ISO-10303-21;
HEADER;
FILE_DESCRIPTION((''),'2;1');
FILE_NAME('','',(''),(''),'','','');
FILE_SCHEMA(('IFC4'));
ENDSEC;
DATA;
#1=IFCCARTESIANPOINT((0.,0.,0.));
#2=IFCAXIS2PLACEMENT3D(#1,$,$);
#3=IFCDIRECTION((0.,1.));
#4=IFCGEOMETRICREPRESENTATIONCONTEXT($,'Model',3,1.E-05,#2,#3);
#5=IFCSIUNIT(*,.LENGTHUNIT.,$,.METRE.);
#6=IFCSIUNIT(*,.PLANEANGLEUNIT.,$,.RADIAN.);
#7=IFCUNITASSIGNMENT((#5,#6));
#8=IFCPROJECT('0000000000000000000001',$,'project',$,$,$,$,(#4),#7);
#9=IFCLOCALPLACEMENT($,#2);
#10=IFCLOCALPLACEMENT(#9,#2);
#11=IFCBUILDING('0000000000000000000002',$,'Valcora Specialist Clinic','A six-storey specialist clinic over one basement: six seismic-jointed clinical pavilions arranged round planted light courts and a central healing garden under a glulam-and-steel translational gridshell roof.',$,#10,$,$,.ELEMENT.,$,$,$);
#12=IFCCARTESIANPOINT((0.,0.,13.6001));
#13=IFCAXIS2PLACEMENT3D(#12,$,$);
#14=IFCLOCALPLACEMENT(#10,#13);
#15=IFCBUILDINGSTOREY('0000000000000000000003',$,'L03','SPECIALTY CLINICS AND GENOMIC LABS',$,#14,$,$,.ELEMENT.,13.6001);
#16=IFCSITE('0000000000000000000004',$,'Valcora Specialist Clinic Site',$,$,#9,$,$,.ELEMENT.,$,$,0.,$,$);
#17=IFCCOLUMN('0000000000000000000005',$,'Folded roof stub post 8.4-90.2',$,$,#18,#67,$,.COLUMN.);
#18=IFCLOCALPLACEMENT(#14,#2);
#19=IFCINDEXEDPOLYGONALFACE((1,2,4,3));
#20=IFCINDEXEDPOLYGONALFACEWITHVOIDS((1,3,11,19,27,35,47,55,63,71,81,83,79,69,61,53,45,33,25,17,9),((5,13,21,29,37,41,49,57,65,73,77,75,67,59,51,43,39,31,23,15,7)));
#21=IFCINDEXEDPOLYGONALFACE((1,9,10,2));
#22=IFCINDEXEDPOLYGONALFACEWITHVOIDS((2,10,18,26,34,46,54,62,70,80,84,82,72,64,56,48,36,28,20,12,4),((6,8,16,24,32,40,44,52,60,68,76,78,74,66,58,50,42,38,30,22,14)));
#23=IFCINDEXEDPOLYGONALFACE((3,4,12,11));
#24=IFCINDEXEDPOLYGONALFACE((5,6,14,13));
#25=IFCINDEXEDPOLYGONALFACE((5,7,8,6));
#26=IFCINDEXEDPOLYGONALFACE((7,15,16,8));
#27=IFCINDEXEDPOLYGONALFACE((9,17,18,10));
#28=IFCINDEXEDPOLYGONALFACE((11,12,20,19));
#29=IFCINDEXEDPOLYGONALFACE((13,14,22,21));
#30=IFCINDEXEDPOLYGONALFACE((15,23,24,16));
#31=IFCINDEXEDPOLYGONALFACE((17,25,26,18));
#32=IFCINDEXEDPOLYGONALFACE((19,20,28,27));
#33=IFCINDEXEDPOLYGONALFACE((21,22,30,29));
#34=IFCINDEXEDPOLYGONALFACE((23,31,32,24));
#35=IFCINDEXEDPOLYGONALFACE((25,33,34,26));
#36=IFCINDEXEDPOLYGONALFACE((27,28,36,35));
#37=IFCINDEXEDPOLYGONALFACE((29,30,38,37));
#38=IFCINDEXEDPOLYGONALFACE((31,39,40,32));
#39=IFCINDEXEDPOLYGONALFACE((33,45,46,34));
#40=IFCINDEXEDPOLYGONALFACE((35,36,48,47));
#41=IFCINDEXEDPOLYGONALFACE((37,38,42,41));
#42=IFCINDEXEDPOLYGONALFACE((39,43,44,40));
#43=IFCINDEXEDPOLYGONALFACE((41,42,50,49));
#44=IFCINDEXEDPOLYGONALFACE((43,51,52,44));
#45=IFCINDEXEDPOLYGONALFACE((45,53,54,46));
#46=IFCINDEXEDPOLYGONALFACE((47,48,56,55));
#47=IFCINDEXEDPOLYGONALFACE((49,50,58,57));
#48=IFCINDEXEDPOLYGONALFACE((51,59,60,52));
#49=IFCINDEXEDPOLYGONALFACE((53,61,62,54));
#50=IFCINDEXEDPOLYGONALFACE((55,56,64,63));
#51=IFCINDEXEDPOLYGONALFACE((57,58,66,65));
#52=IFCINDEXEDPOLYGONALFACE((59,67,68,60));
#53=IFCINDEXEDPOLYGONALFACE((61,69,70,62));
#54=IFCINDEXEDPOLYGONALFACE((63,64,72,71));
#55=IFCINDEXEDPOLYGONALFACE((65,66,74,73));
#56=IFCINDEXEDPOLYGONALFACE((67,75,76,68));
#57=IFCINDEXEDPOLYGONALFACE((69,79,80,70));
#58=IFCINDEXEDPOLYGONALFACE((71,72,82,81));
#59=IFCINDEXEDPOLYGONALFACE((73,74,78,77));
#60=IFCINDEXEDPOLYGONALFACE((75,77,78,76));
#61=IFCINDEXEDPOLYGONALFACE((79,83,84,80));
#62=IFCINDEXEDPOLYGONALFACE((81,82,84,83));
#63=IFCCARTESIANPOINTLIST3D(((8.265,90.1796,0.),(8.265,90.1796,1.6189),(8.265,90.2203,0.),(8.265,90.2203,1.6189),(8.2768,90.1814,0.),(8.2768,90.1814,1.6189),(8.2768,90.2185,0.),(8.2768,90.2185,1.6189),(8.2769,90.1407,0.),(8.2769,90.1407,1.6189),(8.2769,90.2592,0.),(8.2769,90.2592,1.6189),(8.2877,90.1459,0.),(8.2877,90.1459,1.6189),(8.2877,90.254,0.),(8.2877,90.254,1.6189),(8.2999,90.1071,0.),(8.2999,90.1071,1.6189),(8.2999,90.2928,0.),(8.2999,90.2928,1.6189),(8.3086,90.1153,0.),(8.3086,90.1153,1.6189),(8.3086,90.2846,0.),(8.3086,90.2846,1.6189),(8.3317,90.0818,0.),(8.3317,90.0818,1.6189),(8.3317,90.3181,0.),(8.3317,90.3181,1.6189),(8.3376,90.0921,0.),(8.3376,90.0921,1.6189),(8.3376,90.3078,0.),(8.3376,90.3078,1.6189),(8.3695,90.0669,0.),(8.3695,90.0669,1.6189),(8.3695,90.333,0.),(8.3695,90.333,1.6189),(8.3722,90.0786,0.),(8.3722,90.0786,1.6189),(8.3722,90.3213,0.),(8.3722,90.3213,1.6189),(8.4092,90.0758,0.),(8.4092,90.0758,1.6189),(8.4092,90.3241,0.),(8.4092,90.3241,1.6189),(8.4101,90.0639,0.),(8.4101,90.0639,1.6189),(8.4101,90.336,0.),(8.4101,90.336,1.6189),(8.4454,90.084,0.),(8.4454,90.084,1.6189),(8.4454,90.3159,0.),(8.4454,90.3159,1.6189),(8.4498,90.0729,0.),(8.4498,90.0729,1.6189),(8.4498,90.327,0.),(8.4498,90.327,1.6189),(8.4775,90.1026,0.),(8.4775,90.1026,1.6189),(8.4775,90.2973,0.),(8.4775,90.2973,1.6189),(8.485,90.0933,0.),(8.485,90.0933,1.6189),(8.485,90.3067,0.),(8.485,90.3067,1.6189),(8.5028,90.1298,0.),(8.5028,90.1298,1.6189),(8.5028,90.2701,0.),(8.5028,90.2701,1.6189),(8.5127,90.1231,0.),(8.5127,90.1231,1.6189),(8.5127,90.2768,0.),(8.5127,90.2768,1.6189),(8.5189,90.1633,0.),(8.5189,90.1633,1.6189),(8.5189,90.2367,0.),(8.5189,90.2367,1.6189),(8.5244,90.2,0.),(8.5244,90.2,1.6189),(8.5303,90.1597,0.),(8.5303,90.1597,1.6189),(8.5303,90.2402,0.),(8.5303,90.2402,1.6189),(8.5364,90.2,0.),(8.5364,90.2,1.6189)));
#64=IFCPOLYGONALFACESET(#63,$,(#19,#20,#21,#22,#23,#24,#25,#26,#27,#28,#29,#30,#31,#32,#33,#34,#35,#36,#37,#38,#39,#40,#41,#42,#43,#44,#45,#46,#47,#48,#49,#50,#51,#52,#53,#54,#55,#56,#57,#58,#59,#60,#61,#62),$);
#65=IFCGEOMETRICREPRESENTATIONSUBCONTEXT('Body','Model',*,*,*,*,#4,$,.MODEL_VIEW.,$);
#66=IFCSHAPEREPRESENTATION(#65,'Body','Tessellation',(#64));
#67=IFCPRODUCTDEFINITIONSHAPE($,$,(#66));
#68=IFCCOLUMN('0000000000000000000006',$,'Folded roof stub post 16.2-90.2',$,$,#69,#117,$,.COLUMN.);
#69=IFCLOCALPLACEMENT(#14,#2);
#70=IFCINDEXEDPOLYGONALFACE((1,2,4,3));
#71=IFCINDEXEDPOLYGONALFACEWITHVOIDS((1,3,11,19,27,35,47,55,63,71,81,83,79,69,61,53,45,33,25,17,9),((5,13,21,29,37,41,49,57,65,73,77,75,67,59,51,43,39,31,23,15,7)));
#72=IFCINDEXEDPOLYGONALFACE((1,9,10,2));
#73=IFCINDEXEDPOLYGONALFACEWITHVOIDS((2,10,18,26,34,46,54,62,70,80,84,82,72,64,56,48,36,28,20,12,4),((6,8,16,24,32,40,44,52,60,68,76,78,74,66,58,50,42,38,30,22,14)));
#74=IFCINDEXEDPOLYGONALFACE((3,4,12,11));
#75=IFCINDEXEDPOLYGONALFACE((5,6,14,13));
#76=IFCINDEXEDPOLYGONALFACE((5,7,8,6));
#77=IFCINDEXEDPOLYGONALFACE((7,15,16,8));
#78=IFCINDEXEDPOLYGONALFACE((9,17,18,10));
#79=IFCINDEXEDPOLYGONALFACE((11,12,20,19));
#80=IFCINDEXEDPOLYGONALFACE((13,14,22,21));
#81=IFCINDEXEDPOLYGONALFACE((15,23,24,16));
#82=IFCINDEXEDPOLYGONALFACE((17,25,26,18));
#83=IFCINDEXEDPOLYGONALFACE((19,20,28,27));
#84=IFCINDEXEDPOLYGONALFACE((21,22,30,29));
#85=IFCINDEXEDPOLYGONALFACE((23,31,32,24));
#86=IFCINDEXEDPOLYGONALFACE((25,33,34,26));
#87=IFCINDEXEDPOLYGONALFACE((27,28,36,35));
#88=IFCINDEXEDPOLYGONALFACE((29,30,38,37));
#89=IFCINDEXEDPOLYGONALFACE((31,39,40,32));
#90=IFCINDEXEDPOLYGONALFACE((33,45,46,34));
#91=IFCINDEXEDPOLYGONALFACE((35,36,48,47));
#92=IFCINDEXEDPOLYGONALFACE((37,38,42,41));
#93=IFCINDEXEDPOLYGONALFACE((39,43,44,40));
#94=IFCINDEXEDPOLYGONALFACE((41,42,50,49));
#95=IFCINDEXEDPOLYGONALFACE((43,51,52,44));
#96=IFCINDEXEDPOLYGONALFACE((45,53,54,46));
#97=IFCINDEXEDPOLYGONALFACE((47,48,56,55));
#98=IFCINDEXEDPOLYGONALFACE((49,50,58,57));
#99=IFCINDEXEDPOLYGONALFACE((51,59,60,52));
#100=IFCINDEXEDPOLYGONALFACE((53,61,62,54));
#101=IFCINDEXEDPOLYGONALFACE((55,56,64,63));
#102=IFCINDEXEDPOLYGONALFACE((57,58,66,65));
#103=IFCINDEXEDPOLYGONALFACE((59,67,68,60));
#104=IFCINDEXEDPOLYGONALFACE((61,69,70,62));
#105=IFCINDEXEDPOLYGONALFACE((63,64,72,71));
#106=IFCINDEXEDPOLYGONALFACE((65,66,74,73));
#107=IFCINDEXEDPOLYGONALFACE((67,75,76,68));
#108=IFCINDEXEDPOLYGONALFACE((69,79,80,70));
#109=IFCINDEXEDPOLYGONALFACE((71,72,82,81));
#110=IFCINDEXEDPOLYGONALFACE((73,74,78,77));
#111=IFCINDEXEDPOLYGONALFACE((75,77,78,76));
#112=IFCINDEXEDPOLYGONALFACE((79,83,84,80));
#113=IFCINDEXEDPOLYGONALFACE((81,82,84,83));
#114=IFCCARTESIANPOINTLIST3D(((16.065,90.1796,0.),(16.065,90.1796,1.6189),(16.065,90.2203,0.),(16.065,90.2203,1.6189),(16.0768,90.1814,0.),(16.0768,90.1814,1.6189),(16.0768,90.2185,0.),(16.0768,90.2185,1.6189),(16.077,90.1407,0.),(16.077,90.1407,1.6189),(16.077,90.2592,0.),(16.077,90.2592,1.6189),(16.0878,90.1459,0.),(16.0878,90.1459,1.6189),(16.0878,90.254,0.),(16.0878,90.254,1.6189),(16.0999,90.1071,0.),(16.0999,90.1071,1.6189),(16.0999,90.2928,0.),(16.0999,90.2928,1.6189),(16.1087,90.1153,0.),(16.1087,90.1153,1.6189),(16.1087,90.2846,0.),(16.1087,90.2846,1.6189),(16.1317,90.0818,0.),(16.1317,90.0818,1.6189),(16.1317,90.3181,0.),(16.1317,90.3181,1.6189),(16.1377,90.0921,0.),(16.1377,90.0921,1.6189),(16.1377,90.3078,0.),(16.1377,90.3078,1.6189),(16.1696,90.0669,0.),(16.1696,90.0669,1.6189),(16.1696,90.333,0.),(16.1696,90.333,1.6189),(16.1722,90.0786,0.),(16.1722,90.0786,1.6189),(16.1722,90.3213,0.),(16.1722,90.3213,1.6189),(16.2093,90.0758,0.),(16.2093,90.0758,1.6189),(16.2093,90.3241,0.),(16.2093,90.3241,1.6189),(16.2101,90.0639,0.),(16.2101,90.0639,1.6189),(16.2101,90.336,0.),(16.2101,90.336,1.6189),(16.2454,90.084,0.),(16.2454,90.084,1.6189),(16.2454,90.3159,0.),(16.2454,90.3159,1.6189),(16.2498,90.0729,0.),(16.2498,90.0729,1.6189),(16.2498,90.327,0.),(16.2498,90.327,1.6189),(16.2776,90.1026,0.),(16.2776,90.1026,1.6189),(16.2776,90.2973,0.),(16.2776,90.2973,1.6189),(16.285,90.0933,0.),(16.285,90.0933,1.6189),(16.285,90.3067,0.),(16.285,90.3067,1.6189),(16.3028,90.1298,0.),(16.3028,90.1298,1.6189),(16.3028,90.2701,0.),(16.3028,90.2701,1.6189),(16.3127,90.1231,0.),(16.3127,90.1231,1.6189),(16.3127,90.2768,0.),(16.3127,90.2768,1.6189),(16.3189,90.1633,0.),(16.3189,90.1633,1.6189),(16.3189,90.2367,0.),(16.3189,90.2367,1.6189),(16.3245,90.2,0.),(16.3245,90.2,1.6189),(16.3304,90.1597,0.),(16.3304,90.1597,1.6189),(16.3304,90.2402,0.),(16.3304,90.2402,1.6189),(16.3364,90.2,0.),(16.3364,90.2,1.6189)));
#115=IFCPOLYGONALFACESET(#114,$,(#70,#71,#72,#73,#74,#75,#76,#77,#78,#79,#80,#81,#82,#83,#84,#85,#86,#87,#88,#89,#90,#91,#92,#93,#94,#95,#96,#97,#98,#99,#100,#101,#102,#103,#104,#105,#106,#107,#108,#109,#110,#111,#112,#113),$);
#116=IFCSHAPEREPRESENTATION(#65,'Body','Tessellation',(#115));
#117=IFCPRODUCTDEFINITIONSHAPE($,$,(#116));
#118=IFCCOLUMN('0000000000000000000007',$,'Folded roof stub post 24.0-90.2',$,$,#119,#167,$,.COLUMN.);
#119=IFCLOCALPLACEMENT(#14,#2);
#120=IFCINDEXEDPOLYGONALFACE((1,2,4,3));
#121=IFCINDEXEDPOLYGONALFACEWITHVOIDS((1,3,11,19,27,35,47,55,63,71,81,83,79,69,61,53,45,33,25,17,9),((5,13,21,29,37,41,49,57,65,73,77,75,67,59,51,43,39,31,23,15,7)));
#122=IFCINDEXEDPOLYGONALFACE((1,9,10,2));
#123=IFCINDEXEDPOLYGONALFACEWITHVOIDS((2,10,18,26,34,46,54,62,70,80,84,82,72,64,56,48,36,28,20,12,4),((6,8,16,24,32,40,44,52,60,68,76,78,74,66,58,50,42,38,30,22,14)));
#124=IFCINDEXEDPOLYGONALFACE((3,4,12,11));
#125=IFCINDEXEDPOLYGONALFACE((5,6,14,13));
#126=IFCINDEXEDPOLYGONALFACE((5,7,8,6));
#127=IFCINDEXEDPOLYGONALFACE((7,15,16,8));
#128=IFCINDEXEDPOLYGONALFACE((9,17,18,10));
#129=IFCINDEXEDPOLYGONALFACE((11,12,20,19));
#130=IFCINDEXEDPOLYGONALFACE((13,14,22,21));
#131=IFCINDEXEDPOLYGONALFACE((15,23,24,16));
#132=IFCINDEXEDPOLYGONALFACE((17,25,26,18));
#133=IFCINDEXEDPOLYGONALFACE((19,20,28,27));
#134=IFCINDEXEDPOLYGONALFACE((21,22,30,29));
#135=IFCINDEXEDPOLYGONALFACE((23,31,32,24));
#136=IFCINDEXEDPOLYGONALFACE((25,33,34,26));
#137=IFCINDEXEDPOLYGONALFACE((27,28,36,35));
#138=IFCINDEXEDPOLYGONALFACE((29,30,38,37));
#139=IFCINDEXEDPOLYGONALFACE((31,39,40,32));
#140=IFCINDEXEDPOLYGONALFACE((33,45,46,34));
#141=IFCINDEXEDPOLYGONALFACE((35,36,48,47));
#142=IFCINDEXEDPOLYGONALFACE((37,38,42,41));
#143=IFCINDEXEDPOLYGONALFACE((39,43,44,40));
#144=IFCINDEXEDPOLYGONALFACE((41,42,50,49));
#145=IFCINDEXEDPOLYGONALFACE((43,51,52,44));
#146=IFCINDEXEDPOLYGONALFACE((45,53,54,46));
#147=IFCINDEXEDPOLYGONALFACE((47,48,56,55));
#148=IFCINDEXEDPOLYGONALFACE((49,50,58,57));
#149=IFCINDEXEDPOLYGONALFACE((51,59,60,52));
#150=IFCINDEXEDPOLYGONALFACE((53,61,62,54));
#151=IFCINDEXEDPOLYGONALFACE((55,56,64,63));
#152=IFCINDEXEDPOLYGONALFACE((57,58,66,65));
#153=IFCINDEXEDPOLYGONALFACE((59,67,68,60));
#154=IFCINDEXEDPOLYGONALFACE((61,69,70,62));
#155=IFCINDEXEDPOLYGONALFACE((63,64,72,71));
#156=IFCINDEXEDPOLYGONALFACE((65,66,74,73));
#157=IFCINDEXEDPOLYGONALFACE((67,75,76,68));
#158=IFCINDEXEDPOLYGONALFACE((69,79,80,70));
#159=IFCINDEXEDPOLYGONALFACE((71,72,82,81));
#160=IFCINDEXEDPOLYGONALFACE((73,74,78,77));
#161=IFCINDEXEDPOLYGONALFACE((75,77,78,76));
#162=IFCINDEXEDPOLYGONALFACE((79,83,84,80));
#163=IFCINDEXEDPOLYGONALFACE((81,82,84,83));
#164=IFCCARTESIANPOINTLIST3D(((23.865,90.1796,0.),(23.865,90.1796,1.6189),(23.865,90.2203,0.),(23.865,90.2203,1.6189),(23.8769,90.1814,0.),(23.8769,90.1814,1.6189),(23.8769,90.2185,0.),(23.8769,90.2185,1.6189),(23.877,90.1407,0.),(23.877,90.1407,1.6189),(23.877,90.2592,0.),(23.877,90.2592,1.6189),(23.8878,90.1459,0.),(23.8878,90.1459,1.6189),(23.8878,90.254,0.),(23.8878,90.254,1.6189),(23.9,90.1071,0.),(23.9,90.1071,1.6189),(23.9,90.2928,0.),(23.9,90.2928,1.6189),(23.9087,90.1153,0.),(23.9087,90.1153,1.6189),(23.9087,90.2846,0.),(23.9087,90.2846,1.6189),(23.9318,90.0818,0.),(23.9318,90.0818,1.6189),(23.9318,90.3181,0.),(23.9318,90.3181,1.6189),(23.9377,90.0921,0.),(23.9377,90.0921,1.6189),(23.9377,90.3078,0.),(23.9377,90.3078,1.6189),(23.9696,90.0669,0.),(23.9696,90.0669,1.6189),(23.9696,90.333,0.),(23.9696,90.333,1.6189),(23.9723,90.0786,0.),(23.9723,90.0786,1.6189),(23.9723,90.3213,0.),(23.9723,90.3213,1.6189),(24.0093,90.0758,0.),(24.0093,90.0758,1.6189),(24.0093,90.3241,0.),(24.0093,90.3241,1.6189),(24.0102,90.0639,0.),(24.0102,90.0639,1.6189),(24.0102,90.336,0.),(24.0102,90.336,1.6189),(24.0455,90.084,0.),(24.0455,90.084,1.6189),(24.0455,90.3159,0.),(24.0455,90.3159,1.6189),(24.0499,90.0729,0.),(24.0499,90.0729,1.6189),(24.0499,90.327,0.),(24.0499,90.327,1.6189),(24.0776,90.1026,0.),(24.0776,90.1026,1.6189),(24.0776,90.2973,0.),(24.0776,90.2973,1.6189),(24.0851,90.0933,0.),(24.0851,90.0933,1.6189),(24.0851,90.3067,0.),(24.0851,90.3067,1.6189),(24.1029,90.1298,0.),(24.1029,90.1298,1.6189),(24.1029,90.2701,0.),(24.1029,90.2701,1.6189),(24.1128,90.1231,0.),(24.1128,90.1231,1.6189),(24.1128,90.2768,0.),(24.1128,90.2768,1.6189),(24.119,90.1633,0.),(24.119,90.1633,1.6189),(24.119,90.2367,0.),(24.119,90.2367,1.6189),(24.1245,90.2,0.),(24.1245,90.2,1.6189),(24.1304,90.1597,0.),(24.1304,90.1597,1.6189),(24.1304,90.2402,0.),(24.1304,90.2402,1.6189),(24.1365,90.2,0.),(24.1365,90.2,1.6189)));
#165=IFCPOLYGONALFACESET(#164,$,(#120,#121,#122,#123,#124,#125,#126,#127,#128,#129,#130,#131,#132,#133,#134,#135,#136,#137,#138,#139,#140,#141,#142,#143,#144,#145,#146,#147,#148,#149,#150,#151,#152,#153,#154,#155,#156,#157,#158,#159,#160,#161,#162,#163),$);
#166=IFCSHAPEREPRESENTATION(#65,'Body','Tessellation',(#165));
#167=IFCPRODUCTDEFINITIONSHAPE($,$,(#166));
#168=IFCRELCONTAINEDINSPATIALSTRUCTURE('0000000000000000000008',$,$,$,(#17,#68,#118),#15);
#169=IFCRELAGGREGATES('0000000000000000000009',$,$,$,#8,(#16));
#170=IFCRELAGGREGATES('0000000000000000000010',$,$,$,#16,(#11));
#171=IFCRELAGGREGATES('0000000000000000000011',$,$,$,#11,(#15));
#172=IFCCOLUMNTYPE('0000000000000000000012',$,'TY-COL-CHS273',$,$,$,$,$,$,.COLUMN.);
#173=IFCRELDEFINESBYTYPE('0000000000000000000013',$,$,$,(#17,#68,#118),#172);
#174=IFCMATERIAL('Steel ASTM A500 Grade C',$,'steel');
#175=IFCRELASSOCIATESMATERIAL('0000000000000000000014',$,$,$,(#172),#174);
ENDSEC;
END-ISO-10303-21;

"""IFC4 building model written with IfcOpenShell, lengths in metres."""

from ifc_helpers import new_model, si_unit, direction, frame, origin, origin_2d, place, context, subcontext, project, spatial, hollow_circle, extrude, material, material_profile, profile_set, type_object, element, save


model = new_model("IFC4")

# Units and contexts
model_context = context("Model", 3, precision=1e-05, world=origin(), true_north=direction((0.0, 1.0)))
body_context = subcontext(model_context, "Body", "Model", "MODEL_VIEW")
ifc_project = project(units=[si_unit("LENGTHUNIT", "METRE"), si_unit("PLANEANGLEUNIT", "RADIAN")], contexts=[model_context])

# Site, building, storey
site_placement = place(None, origin())
site = spatial("IfcSite", under=ifc_project, at=site_placement, Name="Valcora Specialist Clinic Site", CompositionType="ELEMENT", RefElevation=0.0)
building_placement = place(site_placement, origin())
building = spatial("IfcBuilding", under=site, at=building_placement, Name="Valcora Specialist Clinic", Description="A six-storey specialist clinic over one basement: six seismic-jointed clinical pavilions arranged round planted light courts and a central healing garden under a glulam-and-steel translational gridshell roof.", CompositionType="ELEMENT")
storey_placement = place(building_placement, frame((0.0, 0.0, 13.6001)))
storey = spatial("IfcBuildingStorey", under=building, at=storey_placement, Name="L03", Description="SPECIALTY CLINICS AND GENOMIC LABS", CompositionType="ELEMENT", Elevation=13.6001)

# Columns
ifc_material_1 = material(Name="Steel ASTM A500 Grade C", Category="steel")
ifc_material_profile_1 = material_profile(ifc_material_1, hollow_circle(Radius=0.1365, WallThickness=0.012, at=origin_2d()), Name="ST-CHS-273X12")
ifc_profile_set_1 = profile_set([ifc_material_profile_1], Name="Steel ASTM A500 Grade C")
column_type = type_object("IfcColumnType", Name="TY-COL-CHS273", PredefinedType="COLUMN", material=ifc_profile_set_1)
for number, where, z_axis, x_axis, name in (
    (1, (8.3999, 90.2, 0.0), (0.0, 0.0, 1.0), (1.0, 0.0, 0.0), "Folded roof stub post 8.4-90.2"),
    (2, (16.2, 90.2, 0.0), (0.0, 0.0, 1.0), (1.0, 0.0, 0.0), "Folded roof stub post 16.2-90.2"),
    (3, (24.0, 90.2, 0.0), (0.0, 0.0, 1.0), (1.0, 0.0, 0.0), "Folded roof stub post 24.0-90.2"),
):
    element("IfcColumn", number, at=place(storey_placement, frame(where, z_axis=z_axis, x_axis=x_axis)), inside=storey, type_object=column_type, Name=name, PredefinedType="COLUMN", context=body_context, shape_type="SweptSolid", body=[
        extrude(hollow_circle(Radius=0.1365, WallThickness=0.012, at=origin_2d()), origin(), (0.0, 0.0, 1.0), 1.6189),
    ])

save(model, "model.ifc")
